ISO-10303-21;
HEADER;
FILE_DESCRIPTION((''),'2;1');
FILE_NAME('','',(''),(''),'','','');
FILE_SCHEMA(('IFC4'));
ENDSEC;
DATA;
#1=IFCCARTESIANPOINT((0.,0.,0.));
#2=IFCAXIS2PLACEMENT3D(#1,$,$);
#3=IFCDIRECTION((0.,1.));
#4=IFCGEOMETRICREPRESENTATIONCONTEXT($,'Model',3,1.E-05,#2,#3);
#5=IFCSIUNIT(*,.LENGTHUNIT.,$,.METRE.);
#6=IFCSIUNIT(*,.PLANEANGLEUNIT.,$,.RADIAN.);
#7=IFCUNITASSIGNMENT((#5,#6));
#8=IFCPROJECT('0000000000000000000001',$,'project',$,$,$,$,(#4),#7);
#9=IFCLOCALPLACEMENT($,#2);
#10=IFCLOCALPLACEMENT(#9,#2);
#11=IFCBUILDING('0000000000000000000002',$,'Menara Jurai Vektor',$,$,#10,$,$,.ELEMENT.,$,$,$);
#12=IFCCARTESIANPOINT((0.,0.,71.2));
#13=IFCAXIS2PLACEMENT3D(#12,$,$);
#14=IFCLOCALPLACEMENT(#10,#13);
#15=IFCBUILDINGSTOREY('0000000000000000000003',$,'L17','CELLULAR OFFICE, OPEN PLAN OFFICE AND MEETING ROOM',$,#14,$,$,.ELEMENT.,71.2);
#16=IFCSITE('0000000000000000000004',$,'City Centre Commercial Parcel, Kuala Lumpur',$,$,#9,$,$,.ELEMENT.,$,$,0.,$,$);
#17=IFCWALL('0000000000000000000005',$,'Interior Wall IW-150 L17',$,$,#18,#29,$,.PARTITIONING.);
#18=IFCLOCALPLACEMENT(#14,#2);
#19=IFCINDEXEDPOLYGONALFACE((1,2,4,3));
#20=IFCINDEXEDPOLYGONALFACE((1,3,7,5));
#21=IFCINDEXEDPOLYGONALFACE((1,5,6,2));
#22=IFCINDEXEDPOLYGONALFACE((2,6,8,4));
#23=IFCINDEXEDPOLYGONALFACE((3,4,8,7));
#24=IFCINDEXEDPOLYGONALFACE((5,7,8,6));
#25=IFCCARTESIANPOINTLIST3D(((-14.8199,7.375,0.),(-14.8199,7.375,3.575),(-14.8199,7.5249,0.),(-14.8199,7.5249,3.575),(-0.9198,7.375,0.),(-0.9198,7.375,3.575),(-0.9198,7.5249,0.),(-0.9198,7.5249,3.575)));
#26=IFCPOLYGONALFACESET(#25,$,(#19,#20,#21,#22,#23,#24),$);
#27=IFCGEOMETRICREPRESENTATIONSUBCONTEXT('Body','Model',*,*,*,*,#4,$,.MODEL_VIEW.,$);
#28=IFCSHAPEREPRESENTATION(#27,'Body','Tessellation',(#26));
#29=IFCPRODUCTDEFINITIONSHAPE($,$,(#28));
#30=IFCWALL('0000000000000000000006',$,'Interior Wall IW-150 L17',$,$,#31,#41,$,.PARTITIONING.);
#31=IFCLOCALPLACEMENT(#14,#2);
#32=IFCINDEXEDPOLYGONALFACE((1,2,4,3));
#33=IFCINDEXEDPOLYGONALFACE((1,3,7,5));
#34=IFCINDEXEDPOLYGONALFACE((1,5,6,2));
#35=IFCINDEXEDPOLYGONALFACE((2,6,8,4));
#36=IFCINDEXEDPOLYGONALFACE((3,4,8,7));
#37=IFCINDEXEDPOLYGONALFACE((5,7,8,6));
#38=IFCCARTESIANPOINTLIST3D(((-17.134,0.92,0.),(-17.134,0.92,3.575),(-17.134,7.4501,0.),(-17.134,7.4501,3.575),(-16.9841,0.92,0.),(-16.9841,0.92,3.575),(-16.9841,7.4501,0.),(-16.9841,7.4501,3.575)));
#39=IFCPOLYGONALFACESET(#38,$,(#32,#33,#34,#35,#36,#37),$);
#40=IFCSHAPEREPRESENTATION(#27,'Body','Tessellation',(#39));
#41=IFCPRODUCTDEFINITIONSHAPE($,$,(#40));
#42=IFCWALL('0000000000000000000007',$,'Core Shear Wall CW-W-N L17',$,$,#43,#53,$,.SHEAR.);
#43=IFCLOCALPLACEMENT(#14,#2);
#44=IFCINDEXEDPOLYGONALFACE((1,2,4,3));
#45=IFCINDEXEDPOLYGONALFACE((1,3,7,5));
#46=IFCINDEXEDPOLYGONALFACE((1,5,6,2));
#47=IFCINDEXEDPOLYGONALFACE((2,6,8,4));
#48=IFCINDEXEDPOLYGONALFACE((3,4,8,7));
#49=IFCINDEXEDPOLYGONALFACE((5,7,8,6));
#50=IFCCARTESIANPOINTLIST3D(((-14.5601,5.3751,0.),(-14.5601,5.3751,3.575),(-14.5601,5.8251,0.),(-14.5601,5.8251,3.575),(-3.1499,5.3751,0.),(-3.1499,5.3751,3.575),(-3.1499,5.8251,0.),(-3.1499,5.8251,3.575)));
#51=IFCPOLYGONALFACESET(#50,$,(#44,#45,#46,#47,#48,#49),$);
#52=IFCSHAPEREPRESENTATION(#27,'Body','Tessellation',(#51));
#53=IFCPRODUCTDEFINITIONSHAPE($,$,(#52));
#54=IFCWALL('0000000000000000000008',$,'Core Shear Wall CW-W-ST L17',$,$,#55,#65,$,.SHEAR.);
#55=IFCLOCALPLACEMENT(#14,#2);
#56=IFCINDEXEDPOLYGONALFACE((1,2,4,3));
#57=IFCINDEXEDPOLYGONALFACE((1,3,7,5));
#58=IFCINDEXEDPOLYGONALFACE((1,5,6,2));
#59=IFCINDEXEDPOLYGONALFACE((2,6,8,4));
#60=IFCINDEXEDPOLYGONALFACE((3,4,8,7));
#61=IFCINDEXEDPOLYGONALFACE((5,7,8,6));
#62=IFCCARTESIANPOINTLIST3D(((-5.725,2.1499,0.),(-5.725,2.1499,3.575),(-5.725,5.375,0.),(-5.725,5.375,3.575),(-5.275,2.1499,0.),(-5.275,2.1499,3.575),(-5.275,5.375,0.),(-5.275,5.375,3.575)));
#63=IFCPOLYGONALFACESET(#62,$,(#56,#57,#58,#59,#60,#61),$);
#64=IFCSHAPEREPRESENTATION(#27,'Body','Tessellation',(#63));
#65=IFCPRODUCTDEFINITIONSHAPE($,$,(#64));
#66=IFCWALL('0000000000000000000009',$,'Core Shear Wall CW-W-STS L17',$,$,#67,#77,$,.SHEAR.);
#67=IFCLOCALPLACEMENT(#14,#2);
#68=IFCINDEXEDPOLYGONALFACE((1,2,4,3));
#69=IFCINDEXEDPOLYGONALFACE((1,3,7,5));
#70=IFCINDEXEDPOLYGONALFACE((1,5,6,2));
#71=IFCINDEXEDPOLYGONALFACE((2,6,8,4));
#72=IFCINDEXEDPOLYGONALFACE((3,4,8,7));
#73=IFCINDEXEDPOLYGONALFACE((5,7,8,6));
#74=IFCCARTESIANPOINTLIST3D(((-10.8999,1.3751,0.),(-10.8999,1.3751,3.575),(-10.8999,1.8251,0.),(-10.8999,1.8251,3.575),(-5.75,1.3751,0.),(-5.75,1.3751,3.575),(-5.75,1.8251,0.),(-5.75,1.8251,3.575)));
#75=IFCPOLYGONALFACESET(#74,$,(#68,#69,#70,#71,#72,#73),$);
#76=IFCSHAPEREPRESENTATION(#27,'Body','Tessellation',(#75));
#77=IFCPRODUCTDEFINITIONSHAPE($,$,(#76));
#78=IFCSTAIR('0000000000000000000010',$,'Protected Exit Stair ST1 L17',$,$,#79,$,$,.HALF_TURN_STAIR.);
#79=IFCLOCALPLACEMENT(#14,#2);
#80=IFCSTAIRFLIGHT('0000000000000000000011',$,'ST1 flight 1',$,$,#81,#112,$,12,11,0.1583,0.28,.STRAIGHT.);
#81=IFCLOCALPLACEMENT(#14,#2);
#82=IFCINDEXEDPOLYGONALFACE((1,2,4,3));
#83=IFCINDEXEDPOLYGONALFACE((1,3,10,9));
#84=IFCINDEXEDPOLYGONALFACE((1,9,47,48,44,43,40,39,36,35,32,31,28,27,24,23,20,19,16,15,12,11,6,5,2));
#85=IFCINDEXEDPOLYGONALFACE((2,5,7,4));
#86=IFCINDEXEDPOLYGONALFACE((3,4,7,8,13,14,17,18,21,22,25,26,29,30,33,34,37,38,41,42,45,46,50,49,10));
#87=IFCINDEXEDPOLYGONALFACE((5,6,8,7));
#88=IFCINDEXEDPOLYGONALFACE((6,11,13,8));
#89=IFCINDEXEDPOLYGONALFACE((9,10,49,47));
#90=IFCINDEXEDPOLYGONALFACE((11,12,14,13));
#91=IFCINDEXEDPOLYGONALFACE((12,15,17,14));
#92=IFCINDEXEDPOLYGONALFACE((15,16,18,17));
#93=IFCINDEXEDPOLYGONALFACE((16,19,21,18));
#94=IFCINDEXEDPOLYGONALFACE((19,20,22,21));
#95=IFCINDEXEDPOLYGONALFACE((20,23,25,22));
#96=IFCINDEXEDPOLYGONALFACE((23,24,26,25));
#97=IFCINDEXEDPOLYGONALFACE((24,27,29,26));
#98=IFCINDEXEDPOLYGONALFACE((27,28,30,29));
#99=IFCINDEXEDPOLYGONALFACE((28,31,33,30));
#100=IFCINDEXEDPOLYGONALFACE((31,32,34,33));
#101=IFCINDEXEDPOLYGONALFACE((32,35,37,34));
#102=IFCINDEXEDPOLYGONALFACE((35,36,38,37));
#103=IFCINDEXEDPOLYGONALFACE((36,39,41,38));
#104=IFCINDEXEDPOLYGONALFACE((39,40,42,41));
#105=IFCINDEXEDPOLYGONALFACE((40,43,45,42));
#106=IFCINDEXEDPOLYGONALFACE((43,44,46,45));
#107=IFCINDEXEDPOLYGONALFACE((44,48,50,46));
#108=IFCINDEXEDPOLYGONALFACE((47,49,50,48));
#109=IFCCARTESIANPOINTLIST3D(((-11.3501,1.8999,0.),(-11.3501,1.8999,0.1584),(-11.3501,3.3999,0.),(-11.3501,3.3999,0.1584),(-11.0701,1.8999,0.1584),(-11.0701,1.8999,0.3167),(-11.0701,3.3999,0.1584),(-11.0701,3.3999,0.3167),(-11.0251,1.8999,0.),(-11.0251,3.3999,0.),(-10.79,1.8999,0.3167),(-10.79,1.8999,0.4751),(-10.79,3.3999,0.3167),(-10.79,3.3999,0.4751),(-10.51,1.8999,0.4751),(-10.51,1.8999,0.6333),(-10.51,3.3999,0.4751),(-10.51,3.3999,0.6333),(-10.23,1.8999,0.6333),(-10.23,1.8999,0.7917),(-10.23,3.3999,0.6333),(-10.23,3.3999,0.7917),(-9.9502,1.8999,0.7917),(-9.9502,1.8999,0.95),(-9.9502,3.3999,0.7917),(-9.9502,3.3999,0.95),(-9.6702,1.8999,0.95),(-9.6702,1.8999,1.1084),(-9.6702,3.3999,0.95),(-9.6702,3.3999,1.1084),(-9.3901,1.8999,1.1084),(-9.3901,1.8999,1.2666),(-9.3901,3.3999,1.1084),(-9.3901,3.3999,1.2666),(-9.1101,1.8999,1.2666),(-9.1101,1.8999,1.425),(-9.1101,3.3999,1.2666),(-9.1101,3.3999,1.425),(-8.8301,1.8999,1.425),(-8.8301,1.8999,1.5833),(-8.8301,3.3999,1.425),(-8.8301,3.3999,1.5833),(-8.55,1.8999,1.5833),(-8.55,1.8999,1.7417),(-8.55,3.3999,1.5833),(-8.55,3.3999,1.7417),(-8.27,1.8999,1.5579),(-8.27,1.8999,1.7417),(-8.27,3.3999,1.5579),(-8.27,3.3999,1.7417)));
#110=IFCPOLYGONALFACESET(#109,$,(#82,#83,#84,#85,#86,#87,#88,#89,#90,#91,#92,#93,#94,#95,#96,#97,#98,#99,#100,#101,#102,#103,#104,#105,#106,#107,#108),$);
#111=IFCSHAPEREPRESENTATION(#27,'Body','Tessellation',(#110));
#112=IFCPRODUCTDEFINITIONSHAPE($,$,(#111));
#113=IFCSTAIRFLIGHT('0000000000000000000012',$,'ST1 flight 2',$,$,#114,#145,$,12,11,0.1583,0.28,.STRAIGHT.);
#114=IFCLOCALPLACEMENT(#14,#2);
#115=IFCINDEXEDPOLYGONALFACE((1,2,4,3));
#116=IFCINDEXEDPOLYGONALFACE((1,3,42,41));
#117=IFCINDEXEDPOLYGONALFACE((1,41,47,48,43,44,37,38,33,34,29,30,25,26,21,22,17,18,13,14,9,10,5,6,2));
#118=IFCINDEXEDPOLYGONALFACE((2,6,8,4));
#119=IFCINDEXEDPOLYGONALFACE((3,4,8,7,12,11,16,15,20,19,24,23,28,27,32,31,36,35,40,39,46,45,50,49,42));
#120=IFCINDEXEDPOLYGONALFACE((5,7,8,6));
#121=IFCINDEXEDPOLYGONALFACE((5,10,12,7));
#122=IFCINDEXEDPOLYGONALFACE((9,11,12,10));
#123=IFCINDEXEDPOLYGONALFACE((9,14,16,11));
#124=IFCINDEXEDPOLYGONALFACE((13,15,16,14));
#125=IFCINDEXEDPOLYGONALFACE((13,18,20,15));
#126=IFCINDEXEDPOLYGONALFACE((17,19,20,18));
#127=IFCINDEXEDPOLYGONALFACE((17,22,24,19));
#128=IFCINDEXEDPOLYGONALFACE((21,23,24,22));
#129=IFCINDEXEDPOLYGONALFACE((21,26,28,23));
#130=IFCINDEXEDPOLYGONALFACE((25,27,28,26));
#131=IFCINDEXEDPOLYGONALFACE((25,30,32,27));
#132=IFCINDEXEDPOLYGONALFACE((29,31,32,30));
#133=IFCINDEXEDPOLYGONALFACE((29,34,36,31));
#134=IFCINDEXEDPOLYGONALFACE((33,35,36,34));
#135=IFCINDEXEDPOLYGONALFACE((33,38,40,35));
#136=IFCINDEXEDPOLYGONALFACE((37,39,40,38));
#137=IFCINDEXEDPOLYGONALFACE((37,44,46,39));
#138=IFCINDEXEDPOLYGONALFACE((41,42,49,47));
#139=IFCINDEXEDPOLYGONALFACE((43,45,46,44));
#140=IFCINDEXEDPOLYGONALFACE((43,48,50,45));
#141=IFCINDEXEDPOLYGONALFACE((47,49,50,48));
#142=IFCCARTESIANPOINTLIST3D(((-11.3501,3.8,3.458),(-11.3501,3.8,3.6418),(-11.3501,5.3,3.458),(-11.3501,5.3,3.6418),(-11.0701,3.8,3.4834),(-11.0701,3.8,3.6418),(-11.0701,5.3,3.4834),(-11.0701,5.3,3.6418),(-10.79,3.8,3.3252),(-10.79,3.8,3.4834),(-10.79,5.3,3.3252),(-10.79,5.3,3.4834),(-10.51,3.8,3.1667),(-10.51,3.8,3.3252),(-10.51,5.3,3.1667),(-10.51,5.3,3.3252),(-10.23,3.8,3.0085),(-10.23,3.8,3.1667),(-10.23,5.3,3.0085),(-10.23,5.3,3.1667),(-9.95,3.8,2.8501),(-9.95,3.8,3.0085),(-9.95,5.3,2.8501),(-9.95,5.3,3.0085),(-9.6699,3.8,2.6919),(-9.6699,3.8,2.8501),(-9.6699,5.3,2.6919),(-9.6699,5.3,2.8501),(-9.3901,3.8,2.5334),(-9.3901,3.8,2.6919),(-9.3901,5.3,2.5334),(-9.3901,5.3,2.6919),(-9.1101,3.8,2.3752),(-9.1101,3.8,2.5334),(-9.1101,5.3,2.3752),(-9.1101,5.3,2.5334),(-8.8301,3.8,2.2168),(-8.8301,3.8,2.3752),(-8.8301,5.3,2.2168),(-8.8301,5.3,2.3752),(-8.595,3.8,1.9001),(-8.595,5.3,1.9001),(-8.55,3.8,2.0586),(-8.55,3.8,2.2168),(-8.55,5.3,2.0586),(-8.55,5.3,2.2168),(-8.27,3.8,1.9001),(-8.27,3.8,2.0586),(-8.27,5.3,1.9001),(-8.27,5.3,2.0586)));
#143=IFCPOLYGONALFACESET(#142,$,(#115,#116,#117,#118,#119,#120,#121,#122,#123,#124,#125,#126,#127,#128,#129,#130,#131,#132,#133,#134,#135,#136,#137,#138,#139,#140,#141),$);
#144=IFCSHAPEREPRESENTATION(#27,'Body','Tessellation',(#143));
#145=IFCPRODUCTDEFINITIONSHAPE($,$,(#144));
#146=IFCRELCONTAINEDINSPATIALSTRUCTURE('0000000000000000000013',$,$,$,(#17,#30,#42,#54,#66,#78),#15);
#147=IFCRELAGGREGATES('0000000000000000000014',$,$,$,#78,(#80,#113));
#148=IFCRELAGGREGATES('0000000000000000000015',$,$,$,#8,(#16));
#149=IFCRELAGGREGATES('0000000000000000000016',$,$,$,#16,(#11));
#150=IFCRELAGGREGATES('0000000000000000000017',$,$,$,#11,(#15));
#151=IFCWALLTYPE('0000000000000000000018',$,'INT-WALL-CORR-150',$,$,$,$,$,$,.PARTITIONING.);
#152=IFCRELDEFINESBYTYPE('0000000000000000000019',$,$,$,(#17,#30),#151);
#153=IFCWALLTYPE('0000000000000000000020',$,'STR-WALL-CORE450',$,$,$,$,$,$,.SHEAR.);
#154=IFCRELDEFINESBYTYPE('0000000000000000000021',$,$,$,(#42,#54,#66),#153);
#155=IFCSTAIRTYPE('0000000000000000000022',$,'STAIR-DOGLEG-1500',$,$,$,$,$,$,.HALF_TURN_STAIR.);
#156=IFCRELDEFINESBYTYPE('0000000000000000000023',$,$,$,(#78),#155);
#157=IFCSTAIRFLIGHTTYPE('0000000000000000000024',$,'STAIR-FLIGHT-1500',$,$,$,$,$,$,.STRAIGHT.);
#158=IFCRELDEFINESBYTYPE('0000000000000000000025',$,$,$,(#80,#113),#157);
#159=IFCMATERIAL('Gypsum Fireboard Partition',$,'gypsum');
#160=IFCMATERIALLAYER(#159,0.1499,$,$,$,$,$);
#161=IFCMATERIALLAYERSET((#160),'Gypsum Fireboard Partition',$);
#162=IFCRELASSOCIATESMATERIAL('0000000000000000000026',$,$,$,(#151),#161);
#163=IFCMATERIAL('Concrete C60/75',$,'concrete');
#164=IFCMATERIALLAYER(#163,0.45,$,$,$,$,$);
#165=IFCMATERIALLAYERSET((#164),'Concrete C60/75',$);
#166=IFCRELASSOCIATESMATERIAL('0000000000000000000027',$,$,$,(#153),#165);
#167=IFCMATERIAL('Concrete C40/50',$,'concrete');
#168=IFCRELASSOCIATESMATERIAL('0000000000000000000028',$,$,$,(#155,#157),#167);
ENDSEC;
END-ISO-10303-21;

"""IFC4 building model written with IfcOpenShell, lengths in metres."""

from ifc_helpers import new_model, si_unit, direction, frame, frame_2d, origin, place, context, subcontext, project, spatial, polyline, rectangle, outline, extrude, material, layer, layer_set, type_object, element, aggregate, save


model = new_model("IFC4")

# Units and contexts
model_context = context("Model", 3, precision=1e-05, world=origin(), true_north=direction((0.0, 1.0)))
body_context = subcontext(model_context, "Body", "Model", "MODEL_VIEW")
ifc_project = project(units=[si_unit("LENGTHUNIT", "METRE"), si_unit("PLANEANGLEUNIT", "RADIAN")], contexts=[model_context])

# Site, building, storey
site_placement = place(None, origin())
site = spatial("IfcSite", under=ifc_project, at=site_placement, Name="City Centre Commercial Parcel, Kuala Lumpur", CompositionType="ELEMENT", RefElevation=0.0)
building_placement = place(site_placement, origin())
building = spatial("IfcBuilding", under=site, at=building_placement, Name="Menara Jurai Vektor", CompositionType="ELEMENT")
storey_placement = place(building_placement, frame((0.0, 0.0, 71.2)))
storey = spatial("IfcBuildingStorey", under=building, at=storey_placement, Name="L17", Description="CELLULAR OFFICE, OPEN PLAN OFFICE AND MEETING ROOM", CompositionType="ELEMENT", Elevation=71.2)

# Shared definitions
ifc_material_1 = material(Name="Concrete C60/75", Category="concrete")

# Shared definitions
ifc_material_2 = material(Name="Concrete C40/50", Category="concrete")

# Shared definitions
ifc_material_3 = material(Name="Gypsum Fireboard Partition", Category="gypsum")
ifc_layer_1 = layer(ifc_material_3, 0.1499)
ifc_layer_set_1 = layer_set([ifc_layer_1], Name="Gypsum Fireboard Partition")
wall_type_1 = type_object("IfcWallType", Name="INT-WALL-CORR-150", PredefinedType="PARTITIONING", material=ifc_layer_set_1)

# Walls
wall_1_placement = place(storey_placement, frame((-14.8201, 7.45, 0.0), z_axis=(0.0, 0.0, 1.0), x_axis=(1.0, 0.0, 0.0)))
element("IfcWall", 1, at=wall_1_placement, inside=storey, type_object=wall_type_1, Name="Interior Wall IW-150 L17", PredefinedType="PARTITIONING", context=body_context, shape_type="SweptSolid", body=[
    extrude(rectangle(XDim=13.9001, YDim=0.1499, at=frame_2d((6.9502, 0.0))), origin(), (0.0, 0.0, 1.0), 3.575),
])
wall_2_placement = place(storey_placement, frame((-17.0591, 0.9199, 0.0), z_axis=(0.0, 0.0, 1.0), x_axis=(0.0, 1.0, 0.0)))
element("IfcWall", 2, at=wall_2_placement, inside=storey, type_object=wall_type_1, Name="Interior Wall IW-150 L17", PredefinedType="PARTITIONING", context=body_context, shape_type="SweptSolid", body=[
    extrude(rectangle(XDim=6.53, YDim=0.1499, at=frame_2d((3.2651, 0.0))), origin(), (0.0, 0.0, 1.0), 3.575),
])
ifc_layer_2 = layer(ifc_material_1, 0.45)
ifc_layer_set_2 = layer_set([ifc_layer_2], Name="Concrete C60/75")
wall_type_2 = type_object("IfcWallType", Name="STR-WALL-CORE450", PredefinedType="SHEAR", material=ifc_layer_set_2)
wall_3_placement = place(storey_placement, frame((-14.5601, 5.6001, 0.0), z_axis=(0.0, 0.0, 1.0), x_axis=(1.0, 0.0, 0.0)))
element("IfcWall", 3, at=wall_3_placement, inside=storey, type_object=wall_type_2, Name="Core Shear Wall CW-W-N L17", PredefinedType="SHEAR", context=body_context, shape_type="SweptSolid", body=[
    extrude(rectangle(XDim=11.4102, YDim=0.45, at=frame_2d((5.7051, 0.0))), origin(), (0.0, 0.0, 1.0), 3.575),
])
wall_4_placement = place(storey_placement, frame((-5.5, 2.1499, 0.0), z_axis=(0.0, 0.0, 1.0), x_axis=(0.0, 1.0, 0.0)))
element("IfcWall", 4, at=wall_4_placement, inside=storey, type_object=wall_type_2, Name="Core Shear Wall CW-W-ST L17", PredefinedType="SHEAR", context=body_context, shape_type="SweptSolid", body=[
    extrude(rectangle(XDim=3.2251, YDim=0.45, at=frame_2d((1.6125, 0.0))), origin(), (0.0, 0.0, 1.0), 3.575),
])
wall_5_placement = place(storey_placement, frame((-10.8999, 1.6001, 0.0), z_axis=(0.0, 0.0, 1.0), x_axis=(1.0, 0.0, 0.0)))
element("IfcWall", 5, at=wall_5_placement, inside=storey, type_object=wall_type_2, Name="Core Shear Wall CW-W-STS L17", PredefinedType="SHEAR", context=body_context, shape_type="SweptSolid", body=[
    extrude(rectangle(XDim=5.1499, YDim=0.45, at=frame_2d((2.575, 0.0))), origin(), (0.0, 0.0, 1.0), 3.575),
])

# Stair, stair flights
stair_type = type_object("IfcStairType", Name="STAIR-DOGLEG-1500", PredefinedType="HALF_TURN_STAIR", material=ifc_material_2)
stair_placement = place(storey_placement, origin())
stair = element("IfcStair", 6, at=stair_placement, inside=storey, type_object=stair_type, Name="Protected Exit Stair ST1 L17", PredefinedType="HALF_TURN_STAIR")
stair_flight_type = type_object("IfcStairFlightType", Name="STAIR-FLIGHT-1500", PredefinedType="STRAIGHT", material=ifc_material_2)
stair_flight_1_placement = place(storey_placement, frame((-11.3501, 2.6499, 0.0), z_axis=(0.0, 0.0, 1.0), x_axis=(1.0, 0.0, 0.0)))
stair_flight_1 = element("IfcStairFlight", 7, at=stair_flight_1_placement, type_object=stair_flight_type, Name="ST1 flight 1", NumberOfRisers=12, NumberOfTreads=11, PredefinedType="STRAIGHT", RiserHeight=0.1583, TreadLength=0.28, context=body_context, shape_type="SweptSolid", body=[
    extrude(outline(polyline([(0.0, 0.0), (0.0, 0.1584), (0.28, 0.1584), (0.28, 0.3167), (0.5601, 0.3167), (0.5601, 0.4751), (0.8401, 0.4751), (0.8401, 0.6333), (1.1201, 0.6333), (1.1201, 0.7917), (1.3999, 0.7917), (1.3999, 0.95), (1.6799, 0.95), (1.6799, 1.1084), (1.96, 1.1084), (1.96, 1.2666), (2.24, 1.2666), (2.24, 1.425), (2.52, 1.425), (2.52, 1.5833), (2.8, 1.5833), (2.8, 1.7417), (3.0801, 1.7417), (3.0801, 1.8999), (3.0801, 1.5579), (0.325, 0.0), (0.0, 0.0)])), frame((0.0, 0.75, 0.0), z_axis=(0.0, -1.0, 0.0), x_axis=(1.0, 0.0, 0.0)), (0.0, 0.0, 1.0), 1.5),
])
stair_flight_2_placement = place(storey_placement, frame((-8.27, 4.55, 1.9001), z_axis=(0.0, 0.0, 1.0), x_axis=(-1.0, 0.0, 0.0)))
stair_flight_2 = element("IfcStairFlight", 8, at=stair_flight_2_placement, type_object=stair_flight_type, Name="ST1 flight 2", NumberOfRisers=12, NumberOfTreads=11, PredefinedType="STRAIGHT", RiserHeight=0.1583, TreadLength=0.28, context=body_context, shape_type="SweptSolid", body=[
    extrude(outline(polyline([(0.0, 0.0), (0.0, 0.1584), (0.28, 0.1584), (0.28, 0.3167), (0.5601, 0.3167), (0.5601, 0.4751), (0.8401, 0.4751), (0.8401, 0.6333), (1.1201, 0.6333), (1.1201, 0.7917), (1.3999, 0.7917), (1.3999, 0.95), (1.6799, 0.95), (1.6799, 1.1084), (1.96, 1.1084), (1.96, 1.2666), (2.24, 1.2666), (2.24, 1.425), (2.52, 1.425), (2.52, 1.5833), (2.8, 1.5833), (2.8, 1.7417), (3.0801, 1.7417), (3.0801, 1.8999), (3.0801, 1.5579), (0.325, 0.0), (0.0, 0.0)])), frame((0.0, 0.75, 0.0), z_axis=(0.0, -1.0, 0.0), x_axis=(1.0, 0.0, 0.0)), (0.0, 0.0, 1.0), 1.5),
])
aggregate(stair, [stair_flight_1, stair_flight_2])

save(model, "model.ifc")
